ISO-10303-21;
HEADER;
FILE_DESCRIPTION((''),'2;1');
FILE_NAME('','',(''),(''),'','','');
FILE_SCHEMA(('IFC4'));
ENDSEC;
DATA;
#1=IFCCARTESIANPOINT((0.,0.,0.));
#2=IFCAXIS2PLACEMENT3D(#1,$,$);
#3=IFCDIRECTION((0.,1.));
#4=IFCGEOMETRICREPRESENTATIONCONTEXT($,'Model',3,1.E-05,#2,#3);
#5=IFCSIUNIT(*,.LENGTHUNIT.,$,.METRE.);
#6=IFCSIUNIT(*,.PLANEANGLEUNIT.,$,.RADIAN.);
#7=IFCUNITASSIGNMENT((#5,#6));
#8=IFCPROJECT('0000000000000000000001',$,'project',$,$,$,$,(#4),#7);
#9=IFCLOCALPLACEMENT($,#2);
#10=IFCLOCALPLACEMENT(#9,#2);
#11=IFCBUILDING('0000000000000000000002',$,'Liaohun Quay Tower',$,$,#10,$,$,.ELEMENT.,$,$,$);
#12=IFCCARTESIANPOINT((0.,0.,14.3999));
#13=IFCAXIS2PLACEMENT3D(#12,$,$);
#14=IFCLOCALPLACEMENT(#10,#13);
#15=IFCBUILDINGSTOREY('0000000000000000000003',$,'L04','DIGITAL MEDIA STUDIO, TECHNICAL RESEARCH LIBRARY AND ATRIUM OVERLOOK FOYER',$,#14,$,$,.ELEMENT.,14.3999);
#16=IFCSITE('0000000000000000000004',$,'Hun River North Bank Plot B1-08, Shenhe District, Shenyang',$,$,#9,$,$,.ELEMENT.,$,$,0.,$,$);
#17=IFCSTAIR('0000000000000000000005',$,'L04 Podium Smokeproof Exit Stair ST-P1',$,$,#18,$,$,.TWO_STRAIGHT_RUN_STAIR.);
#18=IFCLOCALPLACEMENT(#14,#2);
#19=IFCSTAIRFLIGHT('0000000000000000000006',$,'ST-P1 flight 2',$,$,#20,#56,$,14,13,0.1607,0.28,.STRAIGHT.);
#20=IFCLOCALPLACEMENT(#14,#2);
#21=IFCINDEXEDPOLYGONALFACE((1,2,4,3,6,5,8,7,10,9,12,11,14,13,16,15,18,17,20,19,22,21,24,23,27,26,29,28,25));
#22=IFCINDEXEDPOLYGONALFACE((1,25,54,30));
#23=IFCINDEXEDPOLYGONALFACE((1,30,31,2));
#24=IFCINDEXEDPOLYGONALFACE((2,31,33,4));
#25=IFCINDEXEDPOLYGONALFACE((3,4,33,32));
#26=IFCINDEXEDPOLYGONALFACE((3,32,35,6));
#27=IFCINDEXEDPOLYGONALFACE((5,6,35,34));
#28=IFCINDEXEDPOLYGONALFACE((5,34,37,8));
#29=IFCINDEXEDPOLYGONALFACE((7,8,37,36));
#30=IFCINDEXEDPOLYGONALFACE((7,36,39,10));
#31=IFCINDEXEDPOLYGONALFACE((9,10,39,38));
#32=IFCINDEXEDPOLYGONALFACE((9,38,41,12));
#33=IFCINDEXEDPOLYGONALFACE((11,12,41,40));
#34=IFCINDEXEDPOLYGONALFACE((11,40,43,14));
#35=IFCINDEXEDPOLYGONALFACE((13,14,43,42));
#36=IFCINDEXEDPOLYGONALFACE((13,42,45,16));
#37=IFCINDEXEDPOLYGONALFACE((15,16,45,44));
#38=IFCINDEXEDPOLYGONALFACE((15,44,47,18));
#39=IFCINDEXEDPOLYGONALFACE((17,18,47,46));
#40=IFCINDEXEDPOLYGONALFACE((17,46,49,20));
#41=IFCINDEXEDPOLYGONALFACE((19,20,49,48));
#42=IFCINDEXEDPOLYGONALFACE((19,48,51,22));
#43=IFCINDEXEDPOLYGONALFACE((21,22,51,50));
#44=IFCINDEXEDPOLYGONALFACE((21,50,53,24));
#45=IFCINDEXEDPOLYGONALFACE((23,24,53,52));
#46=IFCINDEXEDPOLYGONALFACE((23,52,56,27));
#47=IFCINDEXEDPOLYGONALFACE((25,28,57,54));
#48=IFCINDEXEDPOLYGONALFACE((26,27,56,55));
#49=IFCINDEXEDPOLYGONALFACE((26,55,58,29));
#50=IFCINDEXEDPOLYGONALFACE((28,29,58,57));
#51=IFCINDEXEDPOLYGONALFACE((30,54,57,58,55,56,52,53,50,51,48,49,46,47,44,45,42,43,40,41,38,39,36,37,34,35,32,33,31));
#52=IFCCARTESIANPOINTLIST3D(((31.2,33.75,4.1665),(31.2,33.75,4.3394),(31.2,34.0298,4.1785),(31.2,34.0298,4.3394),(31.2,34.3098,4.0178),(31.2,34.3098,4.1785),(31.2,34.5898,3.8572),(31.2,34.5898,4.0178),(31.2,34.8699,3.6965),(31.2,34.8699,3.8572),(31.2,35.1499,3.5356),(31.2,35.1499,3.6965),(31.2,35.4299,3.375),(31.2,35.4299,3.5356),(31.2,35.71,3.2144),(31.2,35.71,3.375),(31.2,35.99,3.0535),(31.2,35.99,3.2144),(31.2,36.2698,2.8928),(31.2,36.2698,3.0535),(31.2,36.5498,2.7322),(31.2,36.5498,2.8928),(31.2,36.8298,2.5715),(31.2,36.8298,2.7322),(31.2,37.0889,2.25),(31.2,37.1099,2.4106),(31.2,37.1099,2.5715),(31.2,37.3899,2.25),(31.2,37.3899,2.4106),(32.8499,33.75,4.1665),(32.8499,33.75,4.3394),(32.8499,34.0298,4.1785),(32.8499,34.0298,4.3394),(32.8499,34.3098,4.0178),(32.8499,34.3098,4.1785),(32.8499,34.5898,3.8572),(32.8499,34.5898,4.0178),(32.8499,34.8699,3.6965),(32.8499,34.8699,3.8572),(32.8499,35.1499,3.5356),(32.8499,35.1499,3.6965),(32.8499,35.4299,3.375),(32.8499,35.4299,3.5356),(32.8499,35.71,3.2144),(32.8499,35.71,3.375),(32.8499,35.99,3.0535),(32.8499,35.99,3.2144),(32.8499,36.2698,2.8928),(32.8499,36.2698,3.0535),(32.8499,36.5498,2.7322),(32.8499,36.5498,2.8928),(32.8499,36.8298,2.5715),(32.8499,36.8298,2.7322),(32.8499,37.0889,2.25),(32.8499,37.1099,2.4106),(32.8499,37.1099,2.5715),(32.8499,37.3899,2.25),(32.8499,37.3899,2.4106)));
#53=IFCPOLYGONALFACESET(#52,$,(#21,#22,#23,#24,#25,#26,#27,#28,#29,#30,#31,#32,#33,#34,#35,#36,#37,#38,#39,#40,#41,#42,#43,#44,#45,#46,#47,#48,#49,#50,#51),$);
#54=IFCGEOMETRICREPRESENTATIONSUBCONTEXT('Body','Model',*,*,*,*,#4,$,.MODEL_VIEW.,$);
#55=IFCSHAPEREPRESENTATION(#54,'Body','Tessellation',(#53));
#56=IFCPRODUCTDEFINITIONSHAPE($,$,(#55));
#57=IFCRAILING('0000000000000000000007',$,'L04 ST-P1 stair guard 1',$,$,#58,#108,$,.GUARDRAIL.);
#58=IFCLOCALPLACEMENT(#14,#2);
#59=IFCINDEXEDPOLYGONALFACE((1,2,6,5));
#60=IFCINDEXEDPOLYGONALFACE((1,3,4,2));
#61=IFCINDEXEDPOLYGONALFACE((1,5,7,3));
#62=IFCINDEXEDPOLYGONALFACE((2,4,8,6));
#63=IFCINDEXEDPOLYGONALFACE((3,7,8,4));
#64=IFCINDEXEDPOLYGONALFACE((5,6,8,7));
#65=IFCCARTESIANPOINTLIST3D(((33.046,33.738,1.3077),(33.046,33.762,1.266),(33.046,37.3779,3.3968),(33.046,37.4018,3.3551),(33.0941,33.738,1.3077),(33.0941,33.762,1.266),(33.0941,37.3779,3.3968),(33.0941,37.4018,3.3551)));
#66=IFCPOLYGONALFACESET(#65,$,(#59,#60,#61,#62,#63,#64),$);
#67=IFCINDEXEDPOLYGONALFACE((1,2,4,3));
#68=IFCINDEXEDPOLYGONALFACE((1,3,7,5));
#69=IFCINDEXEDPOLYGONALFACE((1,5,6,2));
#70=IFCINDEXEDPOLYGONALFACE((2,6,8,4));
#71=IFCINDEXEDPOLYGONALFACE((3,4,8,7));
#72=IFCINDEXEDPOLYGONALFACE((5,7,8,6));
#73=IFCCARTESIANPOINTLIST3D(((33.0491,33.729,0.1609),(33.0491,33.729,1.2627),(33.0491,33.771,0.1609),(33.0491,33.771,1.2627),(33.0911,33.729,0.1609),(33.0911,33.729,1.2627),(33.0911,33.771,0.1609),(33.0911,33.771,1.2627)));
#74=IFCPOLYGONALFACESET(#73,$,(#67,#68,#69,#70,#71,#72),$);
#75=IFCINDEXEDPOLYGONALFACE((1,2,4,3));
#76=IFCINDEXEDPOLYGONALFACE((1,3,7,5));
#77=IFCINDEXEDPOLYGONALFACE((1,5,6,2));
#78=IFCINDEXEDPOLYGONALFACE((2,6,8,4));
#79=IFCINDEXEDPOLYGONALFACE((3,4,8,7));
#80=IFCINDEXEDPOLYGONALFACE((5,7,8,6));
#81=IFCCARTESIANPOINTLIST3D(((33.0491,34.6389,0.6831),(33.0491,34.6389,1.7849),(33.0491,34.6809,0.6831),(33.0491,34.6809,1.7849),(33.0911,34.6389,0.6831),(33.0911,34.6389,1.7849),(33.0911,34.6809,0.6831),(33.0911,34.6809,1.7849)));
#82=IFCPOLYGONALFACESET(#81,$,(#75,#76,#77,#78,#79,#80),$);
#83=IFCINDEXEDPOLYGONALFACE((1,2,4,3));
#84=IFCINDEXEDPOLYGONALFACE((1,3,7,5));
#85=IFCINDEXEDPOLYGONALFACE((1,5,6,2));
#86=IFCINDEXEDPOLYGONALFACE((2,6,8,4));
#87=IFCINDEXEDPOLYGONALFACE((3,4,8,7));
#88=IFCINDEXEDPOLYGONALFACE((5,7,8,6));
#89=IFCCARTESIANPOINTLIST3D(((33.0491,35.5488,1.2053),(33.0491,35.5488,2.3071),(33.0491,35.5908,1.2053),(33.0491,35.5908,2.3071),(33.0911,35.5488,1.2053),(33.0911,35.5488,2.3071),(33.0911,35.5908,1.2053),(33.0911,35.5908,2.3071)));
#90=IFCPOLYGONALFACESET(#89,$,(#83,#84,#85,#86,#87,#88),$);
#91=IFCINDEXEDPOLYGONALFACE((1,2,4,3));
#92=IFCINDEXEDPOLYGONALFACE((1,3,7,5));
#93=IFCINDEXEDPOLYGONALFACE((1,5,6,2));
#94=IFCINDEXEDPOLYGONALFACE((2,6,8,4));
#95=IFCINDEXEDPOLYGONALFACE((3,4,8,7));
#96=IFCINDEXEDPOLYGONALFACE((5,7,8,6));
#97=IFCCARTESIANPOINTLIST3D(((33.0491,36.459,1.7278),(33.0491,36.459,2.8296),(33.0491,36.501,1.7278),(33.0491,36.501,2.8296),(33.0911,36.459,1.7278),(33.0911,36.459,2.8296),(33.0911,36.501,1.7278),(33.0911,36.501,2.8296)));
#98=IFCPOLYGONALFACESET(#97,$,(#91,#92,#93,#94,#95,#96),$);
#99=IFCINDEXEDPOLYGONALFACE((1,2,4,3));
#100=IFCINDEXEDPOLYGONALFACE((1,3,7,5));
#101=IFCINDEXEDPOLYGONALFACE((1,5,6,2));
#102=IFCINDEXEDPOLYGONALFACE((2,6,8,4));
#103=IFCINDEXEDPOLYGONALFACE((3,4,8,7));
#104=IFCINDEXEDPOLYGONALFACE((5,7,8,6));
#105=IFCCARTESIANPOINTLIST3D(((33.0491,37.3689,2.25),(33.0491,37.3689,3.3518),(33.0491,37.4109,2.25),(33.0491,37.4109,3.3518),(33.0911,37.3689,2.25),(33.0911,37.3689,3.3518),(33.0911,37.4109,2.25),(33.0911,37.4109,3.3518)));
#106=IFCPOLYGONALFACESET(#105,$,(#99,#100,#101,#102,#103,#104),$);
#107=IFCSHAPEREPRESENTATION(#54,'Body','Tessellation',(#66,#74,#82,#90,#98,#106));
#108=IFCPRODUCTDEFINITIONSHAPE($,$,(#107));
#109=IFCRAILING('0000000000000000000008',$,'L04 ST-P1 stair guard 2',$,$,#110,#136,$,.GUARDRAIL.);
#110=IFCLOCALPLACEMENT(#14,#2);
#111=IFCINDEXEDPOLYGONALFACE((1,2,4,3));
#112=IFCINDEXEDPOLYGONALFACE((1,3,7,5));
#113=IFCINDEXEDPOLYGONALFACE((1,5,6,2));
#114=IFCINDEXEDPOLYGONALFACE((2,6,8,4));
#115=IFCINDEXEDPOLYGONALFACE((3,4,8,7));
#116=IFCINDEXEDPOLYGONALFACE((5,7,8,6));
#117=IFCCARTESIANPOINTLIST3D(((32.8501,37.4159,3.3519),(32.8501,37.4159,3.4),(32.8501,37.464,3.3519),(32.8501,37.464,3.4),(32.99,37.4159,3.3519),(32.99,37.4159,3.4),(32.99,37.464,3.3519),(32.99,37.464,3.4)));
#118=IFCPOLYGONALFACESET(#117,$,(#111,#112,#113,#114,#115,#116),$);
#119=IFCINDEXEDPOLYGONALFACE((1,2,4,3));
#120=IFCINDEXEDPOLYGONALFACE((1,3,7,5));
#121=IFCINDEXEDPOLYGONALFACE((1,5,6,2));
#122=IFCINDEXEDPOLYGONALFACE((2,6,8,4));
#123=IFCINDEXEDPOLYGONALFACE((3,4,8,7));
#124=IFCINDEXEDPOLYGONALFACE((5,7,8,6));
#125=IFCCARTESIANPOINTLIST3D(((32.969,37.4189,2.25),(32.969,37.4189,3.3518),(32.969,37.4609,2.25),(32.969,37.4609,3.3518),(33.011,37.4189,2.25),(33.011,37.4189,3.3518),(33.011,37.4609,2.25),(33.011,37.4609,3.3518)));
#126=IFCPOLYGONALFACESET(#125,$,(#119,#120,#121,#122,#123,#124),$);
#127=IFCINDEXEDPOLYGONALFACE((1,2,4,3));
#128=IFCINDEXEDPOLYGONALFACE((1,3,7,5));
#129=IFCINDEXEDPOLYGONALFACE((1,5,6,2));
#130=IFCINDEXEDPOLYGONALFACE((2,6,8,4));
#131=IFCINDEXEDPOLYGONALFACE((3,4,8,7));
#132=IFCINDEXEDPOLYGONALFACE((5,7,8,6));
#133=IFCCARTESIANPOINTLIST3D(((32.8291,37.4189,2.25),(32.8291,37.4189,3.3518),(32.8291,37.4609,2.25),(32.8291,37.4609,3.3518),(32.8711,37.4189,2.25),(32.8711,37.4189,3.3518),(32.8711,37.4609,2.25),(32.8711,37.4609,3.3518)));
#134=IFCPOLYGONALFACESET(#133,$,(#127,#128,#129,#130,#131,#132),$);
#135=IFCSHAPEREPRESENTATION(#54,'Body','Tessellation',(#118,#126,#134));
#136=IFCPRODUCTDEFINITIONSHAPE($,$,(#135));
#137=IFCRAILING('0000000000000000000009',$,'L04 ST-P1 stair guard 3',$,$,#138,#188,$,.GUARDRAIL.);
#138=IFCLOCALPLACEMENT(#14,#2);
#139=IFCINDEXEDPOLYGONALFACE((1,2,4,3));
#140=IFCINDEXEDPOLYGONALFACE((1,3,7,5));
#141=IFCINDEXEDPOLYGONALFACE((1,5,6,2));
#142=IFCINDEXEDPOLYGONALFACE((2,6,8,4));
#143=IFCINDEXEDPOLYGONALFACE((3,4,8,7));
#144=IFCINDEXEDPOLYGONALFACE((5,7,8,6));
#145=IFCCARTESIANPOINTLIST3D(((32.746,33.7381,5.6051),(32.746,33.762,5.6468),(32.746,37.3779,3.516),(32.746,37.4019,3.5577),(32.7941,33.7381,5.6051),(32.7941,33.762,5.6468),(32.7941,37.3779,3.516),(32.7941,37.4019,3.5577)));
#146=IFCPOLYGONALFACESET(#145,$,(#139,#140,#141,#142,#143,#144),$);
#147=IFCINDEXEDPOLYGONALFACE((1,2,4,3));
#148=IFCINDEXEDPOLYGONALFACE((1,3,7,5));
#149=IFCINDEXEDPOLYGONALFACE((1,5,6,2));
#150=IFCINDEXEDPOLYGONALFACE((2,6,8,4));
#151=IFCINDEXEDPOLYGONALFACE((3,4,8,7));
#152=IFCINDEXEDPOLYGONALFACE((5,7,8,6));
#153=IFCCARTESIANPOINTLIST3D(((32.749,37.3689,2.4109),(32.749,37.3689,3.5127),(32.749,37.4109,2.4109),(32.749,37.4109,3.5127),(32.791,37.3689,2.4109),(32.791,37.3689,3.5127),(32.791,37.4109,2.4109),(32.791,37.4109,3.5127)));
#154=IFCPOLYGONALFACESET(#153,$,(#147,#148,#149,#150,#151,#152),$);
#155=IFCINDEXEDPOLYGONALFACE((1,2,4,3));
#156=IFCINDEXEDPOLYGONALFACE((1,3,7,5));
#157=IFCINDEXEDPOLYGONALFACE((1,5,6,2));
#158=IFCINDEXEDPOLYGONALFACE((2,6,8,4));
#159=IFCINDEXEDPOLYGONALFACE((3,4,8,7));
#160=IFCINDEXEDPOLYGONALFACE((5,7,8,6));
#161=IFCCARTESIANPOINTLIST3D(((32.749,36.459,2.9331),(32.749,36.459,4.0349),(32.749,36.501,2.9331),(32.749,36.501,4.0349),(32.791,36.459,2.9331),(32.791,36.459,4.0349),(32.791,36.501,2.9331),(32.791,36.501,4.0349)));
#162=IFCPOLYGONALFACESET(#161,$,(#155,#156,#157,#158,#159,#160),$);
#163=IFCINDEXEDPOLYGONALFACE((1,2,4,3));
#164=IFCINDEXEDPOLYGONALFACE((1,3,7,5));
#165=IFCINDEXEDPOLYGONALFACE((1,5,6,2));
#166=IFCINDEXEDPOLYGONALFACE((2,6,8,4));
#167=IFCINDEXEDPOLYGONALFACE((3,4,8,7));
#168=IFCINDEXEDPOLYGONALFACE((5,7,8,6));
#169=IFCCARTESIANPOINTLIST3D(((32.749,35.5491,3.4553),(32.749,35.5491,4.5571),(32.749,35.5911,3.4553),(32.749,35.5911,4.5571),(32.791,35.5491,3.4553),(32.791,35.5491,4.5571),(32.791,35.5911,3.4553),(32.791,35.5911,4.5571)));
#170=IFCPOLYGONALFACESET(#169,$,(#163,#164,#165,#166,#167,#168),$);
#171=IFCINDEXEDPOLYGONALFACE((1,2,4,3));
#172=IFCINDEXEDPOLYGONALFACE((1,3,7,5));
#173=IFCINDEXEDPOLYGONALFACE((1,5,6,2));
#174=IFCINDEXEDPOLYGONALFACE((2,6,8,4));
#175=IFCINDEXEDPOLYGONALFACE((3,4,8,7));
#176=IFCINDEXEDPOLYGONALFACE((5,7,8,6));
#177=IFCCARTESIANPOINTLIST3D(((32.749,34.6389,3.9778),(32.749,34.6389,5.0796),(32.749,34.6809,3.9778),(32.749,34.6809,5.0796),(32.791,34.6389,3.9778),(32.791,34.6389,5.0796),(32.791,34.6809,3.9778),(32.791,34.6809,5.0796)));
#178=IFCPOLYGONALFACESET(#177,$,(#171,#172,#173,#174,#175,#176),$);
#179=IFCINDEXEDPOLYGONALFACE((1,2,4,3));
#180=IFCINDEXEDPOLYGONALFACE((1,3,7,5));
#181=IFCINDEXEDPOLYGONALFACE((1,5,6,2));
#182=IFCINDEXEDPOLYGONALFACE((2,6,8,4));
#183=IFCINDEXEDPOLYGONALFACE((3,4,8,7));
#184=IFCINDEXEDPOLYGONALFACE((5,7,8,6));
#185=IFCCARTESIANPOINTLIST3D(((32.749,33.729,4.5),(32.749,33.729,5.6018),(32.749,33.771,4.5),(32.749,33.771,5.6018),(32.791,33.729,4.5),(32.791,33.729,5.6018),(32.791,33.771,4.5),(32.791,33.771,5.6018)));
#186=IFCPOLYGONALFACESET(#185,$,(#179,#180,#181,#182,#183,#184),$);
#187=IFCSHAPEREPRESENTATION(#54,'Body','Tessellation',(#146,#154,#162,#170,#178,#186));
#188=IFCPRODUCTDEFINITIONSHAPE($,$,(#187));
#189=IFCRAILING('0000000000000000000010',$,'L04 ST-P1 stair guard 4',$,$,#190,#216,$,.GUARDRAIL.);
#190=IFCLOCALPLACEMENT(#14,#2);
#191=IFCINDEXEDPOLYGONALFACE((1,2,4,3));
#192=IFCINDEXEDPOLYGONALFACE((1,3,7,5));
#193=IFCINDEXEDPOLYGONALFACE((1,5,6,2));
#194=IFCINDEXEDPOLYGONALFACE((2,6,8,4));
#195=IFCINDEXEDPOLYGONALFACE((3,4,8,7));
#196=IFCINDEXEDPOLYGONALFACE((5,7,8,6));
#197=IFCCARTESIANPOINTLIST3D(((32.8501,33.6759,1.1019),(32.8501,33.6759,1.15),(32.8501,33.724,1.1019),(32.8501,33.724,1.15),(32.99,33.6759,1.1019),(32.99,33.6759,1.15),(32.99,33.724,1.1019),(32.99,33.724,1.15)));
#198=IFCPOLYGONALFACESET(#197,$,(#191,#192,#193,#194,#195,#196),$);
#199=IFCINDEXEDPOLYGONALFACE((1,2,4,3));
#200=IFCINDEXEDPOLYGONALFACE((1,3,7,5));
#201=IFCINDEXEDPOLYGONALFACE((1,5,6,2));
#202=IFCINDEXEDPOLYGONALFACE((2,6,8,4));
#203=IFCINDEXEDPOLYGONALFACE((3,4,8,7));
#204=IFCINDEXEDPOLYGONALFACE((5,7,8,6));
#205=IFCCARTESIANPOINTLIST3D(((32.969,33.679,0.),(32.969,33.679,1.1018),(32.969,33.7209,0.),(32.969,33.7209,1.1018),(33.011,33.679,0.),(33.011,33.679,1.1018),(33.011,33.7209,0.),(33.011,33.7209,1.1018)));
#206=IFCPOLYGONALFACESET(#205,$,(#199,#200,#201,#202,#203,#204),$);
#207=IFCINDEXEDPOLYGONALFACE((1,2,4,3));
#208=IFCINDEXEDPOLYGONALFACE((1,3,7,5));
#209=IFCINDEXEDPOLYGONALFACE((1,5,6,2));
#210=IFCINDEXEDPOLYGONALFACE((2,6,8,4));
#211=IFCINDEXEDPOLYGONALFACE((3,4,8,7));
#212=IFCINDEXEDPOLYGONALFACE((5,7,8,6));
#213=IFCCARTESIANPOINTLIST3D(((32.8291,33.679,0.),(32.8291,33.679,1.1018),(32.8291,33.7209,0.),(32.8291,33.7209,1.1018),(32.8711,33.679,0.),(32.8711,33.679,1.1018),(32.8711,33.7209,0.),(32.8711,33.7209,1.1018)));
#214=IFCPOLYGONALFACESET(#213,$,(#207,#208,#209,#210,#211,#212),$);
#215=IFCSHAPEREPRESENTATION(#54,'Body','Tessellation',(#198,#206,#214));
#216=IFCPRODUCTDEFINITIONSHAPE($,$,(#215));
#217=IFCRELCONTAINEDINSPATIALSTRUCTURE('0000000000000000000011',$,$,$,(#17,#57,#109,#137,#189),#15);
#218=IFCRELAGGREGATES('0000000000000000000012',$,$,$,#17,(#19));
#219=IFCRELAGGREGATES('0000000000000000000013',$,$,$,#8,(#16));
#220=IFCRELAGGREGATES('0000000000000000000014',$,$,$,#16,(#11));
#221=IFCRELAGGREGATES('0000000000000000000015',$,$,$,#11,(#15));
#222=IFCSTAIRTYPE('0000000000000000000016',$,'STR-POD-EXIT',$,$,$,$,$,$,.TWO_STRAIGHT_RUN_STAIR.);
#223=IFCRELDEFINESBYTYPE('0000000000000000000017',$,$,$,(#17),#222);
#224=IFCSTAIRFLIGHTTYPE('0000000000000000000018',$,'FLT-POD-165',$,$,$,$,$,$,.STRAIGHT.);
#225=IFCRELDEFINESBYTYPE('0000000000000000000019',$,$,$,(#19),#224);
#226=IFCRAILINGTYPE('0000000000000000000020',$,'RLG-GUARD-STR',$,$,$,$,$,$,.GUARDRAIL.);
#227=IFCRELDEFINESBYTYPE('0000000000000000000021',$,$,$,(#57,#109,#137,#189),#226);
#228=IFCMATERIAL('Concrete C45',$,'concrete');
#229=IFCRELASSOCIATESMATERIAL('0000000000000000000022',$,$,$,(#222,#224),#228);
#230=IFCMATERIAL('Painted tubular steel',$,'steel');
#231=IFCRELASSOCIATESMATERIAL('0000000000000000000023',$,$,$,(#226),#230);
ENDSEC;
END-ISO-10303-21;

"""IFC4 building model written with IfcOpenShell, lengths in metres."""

from ifc_helpers import new_model, si_unit, direction, frame, origin, origin_2d, place, context, subcontext, project, spatial, polyline, rectangle, outline, extrude, material, type_object, element, aggregate, save


model = new_model("IFC4")

# Units and contexts
model_context = context("Model", 3, precision=1e-05, world=origin(), true_north=direction((0.0, 1.0)))
body_context = subcontext(model_context, "Body", "Model", "MODEL_VIEW")
ifc_project = project(units=[si_unit("LENGTHUNIT", "METRE"), si_unit("PLANEANGLEUNIT", "RADIAN")], contexts=[model_context])

# Site, building, storey
site_placement = place(None, origin())
site = spatial("IfcSite", under=ifc_project, at=site_placement, Name="Hun River North Bank Plot B1-08, Shenhe District, Shenyang", CompositionType="ELEMENT", RefElevation=0.0)
building_placement = place(site_placement, origin())
building = spatial("IfcBuilding", under=site, at=building_placement, Name="Liaohun Quay Tower", CompositionType="ELEMENT")
storey_placement = place(building_placement, frame((0.0, 0.0, 14.3999)))
storey = spatial("IfcBuildingStorey", under=building, at=storey_placement, Name="L04", Description="DIGITAL MEDIA STUDIO, TECHNICAL RESEARCH LIBRARY AND ATRIUM OVERLOOK FOYER", CompositionType="ELEMENT", Elevation=14.3999)

# Stair, stair flight
ifc_material_1 = material(Name="Concrete C45", Category="concrete")
stair_type = type_object("IfcStairType", Name="STR-POD-EXIT", PredefinedType="TWO_STRAIGHT_RUN_STAIR", material=ifc_material_1)
stair_placement = place(storey_placement, origin())
stair = element("IfcStair", 1, at=stair_placement, inside=storey, type_object=stair_type, Name="L04 Podium Smokeproof Exit Stair ST-P1", PredefinedType="TWO_STRAIGHT_RUN_STAIR")
stair_flight_type = type_object("IfcStairFlightType", Name="FLT-POD-165", PredefinedType="STRAIGHT", material=ifc_material_1)
stair_flight_1_placement = place(storey_placement, frame((32.0249, 37.3899, 2.25), z_axis=(0.0, 0.0, 1.0), x_axis=(0.0, -1.0, 0.0)))
stair_flight_1 = element("IfcStairFlight", 2, at=stair_flight_1_placement, type_object=stair_flight_type, Name="ST-P1 flight 2", NumberOfRisers=14, NumberOfTreads=13, PredefinedType="STRAIGHT", RiserHeight=0.1607, TreadLength=0.28, context=body_context, shape_type="SweptSolid", body=[
    extrude(outline(polyline([(0.0, 0.0), (0.0, 0.1606), (0.28, 0.1606), (0.28, 0.3215), (0.5601, 0.3215), (0.5601, 0.4822), (0.8401, 0.4822), (0.8401, 0.6428), (1.1201, 0.6428), (1.1201, 0.8035), (1.3999, 0.8035), (1.3999, 0.9644), (1.6799, 0.9644), (1.6799, 1.125), (1.96, 1.125), (1.96, 1.2856), (2.24, 1.2856), (2.24, 1.4465), (2.52, 1.4465), (2.52, 1.6072), (2.8, 1.6072), (2.8, 1.7678), (3.0801, 1.7678), (3.0801, 1.9285), (3.3601, 1.9285), (3.3601, 2.0894), (3.6399, 2.0894), (3.6399, 2.25), (3.6399, 1.9165), (0.301, 0.0), (0.0, 0.0)])), frame((0.0, 0.825, 0.0), z_axis=(0.0, -1.0, 0.0), x_axis=(1.0, 0.0, 0.0)), (0.0, 0.0, 1.0), 1.6499),
])
aggregate(stair, [stair_flight_1])

# Railings
ifc_material_2 = material(Name="Painted tubular steel", Category="steel")
railing_type_1 = type_object("IfcRailingType", Name="RLG-GUARD-STR", PredefinedType="GUARDRAIL", material=ifc_material_2)
railing_1_placement = place(storey_placement, frame((33.0701, 33.75, 0.1609)))
element("IfcRailing", 3, at=railing_1_placement, inside=storey, type_object=railing_type_1, Name="L04 ST-P1 stair guard 1", PredefinedType="GUARDRAIL", context=body_context, shape_type="SweptSolid", body=[
    extrude(rectangle(XDim=0.0481, YDim=0.0481, at=origin_2d()), frame((0.0, 0.0, 1.126), z_axis=(0.0, 0.8673, 0.497786), x_axis=(-1.0, 0.0, 0.0)), (0.0, 0.0, 1.0), 4.1968),
    extrude(rectangle(XDim=0.042, YDim=0.042, at=origin_2d()), origin(), (0.0, 0.0, 1.0), 1.1018),
    extrude(rectangle(XDim=0.042, YDim=0.042, at=origin_2d()), frame((0.0, 0.9099, 0.5222)), (0.0, 0.0, 1.0), 1.1018),
    extrude(rectangle(XDim=0.042, YDim=0.042, at=origin_2d()), frame((0.0, 1.8198, 1.0444)), (0.0, 0.0, 1.0), 1.1018),
    extrude(rectangle(XDim=0.042, YDim=0.042, at=origin_2d()), frame((0.0, 2.73, 1.5669)), (0.0, 0.0, 1.0), 1.1018),
    extrude(rectangle(XDim=0.042, YDim=0.042, at=origin_2d()), frame((0.0, 3.6399, 2.0891)), (0.0, 0.0, 1.0), 1.1018),
])
railing_2_placement = place(storey_placement, frame((32.99, 37.4399, 2.25)))
element("IfcRailing", 4, at=railing_2_placement, inside=storey, type_object=railing_type_1, Name="L04 ST-P1 stair guard 2", PredefinedType="GUARDRAIL", context=body_context, shape_type="SweptSolid", body=[
    extrude(rectangle(XDim=0.0481, YDim=0.0481, at=origin_2d()), frame((0.0, 0.0, 1.126), z_axis=(-1.0, 0.0, 0.0), x_axis=(0.0, -1.0, 0.0)), (0.0, 0.0, 1.0), 0.1399),
    extrude(rectangle(XDim=0.042, YDim=0.042, at=origin_2d()), origin(), (0.0, 0.0, 1.0), 1.1018),
    extrude(rectangle(XDim=0.042, YDim=0.042, at=origin_2d()), frame((-0.1399, 0.0, 0.0)), (0.0, 0.0, 1.0), 1.1018),
])
railing_3_placement = place(storey_placement, frame((32.77, 37.3899, 2.4109)))
element("IfcRailing", 5, at=railing_3_placement, inside=storey, type_object=railing_type_1, Name="L04 ST-P1 stair guard 3", PredefinedType="GUARDRAIL", context=body_context, shape_type="SweptSolid", body=[
    extrude(rectangle(XDim=0.0481, YDim=0.0481, at=origin_2d()), frame((0.0, 0.0, 1.126), z_axis=(0.0, -0.8673, 0.497786), x_axis=(1.0, 0.0, 0.0)), (0.0, 0.0, 1.0), 4.1968),
    extrude(rectangle(XDim=0.042, YDim=0.042, at=origin_2d()), origin(), (0.0, 0.0, 1.0), 1.1018),
    extrude(rectangle(XDim=0.042, YDim=0.042, at=origin_2d()), frame((0.0, -0.9099, 0.5222)), (0.0, 0.0, 1.0), 1.1018),
    extrude(rectangle(XDim=0.042, YDim=0.042, at=origin_2d()), frame((0.0, -1.8198, 1.0444)), (0.0, 0.0, 1.0), 1.1018),
    extrude(rectangle(XDim=0.042, YDim=0.042, at=origin_2d()), frame((0.0, -2.73, 1.5669)), (0.0, 0.0, 1.0), 1.1018),
    extrude(rectangle(XDim=0.042, YDim=0.042, at=origin_2d()), frame((0.0, -3.6399, 2.0891)), (0.0, 0.0, 1.0), 1.1018),
])
railing_4_placement = place(storey_placement, frame((32.99, 33.7, 0.0)))
element("IfcRailing", 6, at=railing_4_placement, inside=storey, type_object=railing_type_1, Name="L04 ST-P1 stair guard 4", PredefinedType="GUARDRAIL", context=body_context, shape_type="SweptSolid", body=[
    extrude(rectangle(XDim=0.0481, YDim=0.0481, at=origin_2d()), frame((0.0, 0.0, 1.126), z_axis=(-1.0, 0.0, 0.0), x_axis=(0.0, -1.0, 0.0)), (0.0, 0.0, 1.0), 0.1399),
    extrude(rectangle(XDim=0.042, YDim=0.042, at=origin_2d()), origin(), (0.0, 0.0, 1.0), 1.1018),
    extrude(rectangle(XDim=0.042, YDim=0.042, at=origin_2d()), frame((-0.1399, 0.0, 0.0)), (0.0, 0.0, 1.0), 1.1018),
])

save(model, "model.ifc")
